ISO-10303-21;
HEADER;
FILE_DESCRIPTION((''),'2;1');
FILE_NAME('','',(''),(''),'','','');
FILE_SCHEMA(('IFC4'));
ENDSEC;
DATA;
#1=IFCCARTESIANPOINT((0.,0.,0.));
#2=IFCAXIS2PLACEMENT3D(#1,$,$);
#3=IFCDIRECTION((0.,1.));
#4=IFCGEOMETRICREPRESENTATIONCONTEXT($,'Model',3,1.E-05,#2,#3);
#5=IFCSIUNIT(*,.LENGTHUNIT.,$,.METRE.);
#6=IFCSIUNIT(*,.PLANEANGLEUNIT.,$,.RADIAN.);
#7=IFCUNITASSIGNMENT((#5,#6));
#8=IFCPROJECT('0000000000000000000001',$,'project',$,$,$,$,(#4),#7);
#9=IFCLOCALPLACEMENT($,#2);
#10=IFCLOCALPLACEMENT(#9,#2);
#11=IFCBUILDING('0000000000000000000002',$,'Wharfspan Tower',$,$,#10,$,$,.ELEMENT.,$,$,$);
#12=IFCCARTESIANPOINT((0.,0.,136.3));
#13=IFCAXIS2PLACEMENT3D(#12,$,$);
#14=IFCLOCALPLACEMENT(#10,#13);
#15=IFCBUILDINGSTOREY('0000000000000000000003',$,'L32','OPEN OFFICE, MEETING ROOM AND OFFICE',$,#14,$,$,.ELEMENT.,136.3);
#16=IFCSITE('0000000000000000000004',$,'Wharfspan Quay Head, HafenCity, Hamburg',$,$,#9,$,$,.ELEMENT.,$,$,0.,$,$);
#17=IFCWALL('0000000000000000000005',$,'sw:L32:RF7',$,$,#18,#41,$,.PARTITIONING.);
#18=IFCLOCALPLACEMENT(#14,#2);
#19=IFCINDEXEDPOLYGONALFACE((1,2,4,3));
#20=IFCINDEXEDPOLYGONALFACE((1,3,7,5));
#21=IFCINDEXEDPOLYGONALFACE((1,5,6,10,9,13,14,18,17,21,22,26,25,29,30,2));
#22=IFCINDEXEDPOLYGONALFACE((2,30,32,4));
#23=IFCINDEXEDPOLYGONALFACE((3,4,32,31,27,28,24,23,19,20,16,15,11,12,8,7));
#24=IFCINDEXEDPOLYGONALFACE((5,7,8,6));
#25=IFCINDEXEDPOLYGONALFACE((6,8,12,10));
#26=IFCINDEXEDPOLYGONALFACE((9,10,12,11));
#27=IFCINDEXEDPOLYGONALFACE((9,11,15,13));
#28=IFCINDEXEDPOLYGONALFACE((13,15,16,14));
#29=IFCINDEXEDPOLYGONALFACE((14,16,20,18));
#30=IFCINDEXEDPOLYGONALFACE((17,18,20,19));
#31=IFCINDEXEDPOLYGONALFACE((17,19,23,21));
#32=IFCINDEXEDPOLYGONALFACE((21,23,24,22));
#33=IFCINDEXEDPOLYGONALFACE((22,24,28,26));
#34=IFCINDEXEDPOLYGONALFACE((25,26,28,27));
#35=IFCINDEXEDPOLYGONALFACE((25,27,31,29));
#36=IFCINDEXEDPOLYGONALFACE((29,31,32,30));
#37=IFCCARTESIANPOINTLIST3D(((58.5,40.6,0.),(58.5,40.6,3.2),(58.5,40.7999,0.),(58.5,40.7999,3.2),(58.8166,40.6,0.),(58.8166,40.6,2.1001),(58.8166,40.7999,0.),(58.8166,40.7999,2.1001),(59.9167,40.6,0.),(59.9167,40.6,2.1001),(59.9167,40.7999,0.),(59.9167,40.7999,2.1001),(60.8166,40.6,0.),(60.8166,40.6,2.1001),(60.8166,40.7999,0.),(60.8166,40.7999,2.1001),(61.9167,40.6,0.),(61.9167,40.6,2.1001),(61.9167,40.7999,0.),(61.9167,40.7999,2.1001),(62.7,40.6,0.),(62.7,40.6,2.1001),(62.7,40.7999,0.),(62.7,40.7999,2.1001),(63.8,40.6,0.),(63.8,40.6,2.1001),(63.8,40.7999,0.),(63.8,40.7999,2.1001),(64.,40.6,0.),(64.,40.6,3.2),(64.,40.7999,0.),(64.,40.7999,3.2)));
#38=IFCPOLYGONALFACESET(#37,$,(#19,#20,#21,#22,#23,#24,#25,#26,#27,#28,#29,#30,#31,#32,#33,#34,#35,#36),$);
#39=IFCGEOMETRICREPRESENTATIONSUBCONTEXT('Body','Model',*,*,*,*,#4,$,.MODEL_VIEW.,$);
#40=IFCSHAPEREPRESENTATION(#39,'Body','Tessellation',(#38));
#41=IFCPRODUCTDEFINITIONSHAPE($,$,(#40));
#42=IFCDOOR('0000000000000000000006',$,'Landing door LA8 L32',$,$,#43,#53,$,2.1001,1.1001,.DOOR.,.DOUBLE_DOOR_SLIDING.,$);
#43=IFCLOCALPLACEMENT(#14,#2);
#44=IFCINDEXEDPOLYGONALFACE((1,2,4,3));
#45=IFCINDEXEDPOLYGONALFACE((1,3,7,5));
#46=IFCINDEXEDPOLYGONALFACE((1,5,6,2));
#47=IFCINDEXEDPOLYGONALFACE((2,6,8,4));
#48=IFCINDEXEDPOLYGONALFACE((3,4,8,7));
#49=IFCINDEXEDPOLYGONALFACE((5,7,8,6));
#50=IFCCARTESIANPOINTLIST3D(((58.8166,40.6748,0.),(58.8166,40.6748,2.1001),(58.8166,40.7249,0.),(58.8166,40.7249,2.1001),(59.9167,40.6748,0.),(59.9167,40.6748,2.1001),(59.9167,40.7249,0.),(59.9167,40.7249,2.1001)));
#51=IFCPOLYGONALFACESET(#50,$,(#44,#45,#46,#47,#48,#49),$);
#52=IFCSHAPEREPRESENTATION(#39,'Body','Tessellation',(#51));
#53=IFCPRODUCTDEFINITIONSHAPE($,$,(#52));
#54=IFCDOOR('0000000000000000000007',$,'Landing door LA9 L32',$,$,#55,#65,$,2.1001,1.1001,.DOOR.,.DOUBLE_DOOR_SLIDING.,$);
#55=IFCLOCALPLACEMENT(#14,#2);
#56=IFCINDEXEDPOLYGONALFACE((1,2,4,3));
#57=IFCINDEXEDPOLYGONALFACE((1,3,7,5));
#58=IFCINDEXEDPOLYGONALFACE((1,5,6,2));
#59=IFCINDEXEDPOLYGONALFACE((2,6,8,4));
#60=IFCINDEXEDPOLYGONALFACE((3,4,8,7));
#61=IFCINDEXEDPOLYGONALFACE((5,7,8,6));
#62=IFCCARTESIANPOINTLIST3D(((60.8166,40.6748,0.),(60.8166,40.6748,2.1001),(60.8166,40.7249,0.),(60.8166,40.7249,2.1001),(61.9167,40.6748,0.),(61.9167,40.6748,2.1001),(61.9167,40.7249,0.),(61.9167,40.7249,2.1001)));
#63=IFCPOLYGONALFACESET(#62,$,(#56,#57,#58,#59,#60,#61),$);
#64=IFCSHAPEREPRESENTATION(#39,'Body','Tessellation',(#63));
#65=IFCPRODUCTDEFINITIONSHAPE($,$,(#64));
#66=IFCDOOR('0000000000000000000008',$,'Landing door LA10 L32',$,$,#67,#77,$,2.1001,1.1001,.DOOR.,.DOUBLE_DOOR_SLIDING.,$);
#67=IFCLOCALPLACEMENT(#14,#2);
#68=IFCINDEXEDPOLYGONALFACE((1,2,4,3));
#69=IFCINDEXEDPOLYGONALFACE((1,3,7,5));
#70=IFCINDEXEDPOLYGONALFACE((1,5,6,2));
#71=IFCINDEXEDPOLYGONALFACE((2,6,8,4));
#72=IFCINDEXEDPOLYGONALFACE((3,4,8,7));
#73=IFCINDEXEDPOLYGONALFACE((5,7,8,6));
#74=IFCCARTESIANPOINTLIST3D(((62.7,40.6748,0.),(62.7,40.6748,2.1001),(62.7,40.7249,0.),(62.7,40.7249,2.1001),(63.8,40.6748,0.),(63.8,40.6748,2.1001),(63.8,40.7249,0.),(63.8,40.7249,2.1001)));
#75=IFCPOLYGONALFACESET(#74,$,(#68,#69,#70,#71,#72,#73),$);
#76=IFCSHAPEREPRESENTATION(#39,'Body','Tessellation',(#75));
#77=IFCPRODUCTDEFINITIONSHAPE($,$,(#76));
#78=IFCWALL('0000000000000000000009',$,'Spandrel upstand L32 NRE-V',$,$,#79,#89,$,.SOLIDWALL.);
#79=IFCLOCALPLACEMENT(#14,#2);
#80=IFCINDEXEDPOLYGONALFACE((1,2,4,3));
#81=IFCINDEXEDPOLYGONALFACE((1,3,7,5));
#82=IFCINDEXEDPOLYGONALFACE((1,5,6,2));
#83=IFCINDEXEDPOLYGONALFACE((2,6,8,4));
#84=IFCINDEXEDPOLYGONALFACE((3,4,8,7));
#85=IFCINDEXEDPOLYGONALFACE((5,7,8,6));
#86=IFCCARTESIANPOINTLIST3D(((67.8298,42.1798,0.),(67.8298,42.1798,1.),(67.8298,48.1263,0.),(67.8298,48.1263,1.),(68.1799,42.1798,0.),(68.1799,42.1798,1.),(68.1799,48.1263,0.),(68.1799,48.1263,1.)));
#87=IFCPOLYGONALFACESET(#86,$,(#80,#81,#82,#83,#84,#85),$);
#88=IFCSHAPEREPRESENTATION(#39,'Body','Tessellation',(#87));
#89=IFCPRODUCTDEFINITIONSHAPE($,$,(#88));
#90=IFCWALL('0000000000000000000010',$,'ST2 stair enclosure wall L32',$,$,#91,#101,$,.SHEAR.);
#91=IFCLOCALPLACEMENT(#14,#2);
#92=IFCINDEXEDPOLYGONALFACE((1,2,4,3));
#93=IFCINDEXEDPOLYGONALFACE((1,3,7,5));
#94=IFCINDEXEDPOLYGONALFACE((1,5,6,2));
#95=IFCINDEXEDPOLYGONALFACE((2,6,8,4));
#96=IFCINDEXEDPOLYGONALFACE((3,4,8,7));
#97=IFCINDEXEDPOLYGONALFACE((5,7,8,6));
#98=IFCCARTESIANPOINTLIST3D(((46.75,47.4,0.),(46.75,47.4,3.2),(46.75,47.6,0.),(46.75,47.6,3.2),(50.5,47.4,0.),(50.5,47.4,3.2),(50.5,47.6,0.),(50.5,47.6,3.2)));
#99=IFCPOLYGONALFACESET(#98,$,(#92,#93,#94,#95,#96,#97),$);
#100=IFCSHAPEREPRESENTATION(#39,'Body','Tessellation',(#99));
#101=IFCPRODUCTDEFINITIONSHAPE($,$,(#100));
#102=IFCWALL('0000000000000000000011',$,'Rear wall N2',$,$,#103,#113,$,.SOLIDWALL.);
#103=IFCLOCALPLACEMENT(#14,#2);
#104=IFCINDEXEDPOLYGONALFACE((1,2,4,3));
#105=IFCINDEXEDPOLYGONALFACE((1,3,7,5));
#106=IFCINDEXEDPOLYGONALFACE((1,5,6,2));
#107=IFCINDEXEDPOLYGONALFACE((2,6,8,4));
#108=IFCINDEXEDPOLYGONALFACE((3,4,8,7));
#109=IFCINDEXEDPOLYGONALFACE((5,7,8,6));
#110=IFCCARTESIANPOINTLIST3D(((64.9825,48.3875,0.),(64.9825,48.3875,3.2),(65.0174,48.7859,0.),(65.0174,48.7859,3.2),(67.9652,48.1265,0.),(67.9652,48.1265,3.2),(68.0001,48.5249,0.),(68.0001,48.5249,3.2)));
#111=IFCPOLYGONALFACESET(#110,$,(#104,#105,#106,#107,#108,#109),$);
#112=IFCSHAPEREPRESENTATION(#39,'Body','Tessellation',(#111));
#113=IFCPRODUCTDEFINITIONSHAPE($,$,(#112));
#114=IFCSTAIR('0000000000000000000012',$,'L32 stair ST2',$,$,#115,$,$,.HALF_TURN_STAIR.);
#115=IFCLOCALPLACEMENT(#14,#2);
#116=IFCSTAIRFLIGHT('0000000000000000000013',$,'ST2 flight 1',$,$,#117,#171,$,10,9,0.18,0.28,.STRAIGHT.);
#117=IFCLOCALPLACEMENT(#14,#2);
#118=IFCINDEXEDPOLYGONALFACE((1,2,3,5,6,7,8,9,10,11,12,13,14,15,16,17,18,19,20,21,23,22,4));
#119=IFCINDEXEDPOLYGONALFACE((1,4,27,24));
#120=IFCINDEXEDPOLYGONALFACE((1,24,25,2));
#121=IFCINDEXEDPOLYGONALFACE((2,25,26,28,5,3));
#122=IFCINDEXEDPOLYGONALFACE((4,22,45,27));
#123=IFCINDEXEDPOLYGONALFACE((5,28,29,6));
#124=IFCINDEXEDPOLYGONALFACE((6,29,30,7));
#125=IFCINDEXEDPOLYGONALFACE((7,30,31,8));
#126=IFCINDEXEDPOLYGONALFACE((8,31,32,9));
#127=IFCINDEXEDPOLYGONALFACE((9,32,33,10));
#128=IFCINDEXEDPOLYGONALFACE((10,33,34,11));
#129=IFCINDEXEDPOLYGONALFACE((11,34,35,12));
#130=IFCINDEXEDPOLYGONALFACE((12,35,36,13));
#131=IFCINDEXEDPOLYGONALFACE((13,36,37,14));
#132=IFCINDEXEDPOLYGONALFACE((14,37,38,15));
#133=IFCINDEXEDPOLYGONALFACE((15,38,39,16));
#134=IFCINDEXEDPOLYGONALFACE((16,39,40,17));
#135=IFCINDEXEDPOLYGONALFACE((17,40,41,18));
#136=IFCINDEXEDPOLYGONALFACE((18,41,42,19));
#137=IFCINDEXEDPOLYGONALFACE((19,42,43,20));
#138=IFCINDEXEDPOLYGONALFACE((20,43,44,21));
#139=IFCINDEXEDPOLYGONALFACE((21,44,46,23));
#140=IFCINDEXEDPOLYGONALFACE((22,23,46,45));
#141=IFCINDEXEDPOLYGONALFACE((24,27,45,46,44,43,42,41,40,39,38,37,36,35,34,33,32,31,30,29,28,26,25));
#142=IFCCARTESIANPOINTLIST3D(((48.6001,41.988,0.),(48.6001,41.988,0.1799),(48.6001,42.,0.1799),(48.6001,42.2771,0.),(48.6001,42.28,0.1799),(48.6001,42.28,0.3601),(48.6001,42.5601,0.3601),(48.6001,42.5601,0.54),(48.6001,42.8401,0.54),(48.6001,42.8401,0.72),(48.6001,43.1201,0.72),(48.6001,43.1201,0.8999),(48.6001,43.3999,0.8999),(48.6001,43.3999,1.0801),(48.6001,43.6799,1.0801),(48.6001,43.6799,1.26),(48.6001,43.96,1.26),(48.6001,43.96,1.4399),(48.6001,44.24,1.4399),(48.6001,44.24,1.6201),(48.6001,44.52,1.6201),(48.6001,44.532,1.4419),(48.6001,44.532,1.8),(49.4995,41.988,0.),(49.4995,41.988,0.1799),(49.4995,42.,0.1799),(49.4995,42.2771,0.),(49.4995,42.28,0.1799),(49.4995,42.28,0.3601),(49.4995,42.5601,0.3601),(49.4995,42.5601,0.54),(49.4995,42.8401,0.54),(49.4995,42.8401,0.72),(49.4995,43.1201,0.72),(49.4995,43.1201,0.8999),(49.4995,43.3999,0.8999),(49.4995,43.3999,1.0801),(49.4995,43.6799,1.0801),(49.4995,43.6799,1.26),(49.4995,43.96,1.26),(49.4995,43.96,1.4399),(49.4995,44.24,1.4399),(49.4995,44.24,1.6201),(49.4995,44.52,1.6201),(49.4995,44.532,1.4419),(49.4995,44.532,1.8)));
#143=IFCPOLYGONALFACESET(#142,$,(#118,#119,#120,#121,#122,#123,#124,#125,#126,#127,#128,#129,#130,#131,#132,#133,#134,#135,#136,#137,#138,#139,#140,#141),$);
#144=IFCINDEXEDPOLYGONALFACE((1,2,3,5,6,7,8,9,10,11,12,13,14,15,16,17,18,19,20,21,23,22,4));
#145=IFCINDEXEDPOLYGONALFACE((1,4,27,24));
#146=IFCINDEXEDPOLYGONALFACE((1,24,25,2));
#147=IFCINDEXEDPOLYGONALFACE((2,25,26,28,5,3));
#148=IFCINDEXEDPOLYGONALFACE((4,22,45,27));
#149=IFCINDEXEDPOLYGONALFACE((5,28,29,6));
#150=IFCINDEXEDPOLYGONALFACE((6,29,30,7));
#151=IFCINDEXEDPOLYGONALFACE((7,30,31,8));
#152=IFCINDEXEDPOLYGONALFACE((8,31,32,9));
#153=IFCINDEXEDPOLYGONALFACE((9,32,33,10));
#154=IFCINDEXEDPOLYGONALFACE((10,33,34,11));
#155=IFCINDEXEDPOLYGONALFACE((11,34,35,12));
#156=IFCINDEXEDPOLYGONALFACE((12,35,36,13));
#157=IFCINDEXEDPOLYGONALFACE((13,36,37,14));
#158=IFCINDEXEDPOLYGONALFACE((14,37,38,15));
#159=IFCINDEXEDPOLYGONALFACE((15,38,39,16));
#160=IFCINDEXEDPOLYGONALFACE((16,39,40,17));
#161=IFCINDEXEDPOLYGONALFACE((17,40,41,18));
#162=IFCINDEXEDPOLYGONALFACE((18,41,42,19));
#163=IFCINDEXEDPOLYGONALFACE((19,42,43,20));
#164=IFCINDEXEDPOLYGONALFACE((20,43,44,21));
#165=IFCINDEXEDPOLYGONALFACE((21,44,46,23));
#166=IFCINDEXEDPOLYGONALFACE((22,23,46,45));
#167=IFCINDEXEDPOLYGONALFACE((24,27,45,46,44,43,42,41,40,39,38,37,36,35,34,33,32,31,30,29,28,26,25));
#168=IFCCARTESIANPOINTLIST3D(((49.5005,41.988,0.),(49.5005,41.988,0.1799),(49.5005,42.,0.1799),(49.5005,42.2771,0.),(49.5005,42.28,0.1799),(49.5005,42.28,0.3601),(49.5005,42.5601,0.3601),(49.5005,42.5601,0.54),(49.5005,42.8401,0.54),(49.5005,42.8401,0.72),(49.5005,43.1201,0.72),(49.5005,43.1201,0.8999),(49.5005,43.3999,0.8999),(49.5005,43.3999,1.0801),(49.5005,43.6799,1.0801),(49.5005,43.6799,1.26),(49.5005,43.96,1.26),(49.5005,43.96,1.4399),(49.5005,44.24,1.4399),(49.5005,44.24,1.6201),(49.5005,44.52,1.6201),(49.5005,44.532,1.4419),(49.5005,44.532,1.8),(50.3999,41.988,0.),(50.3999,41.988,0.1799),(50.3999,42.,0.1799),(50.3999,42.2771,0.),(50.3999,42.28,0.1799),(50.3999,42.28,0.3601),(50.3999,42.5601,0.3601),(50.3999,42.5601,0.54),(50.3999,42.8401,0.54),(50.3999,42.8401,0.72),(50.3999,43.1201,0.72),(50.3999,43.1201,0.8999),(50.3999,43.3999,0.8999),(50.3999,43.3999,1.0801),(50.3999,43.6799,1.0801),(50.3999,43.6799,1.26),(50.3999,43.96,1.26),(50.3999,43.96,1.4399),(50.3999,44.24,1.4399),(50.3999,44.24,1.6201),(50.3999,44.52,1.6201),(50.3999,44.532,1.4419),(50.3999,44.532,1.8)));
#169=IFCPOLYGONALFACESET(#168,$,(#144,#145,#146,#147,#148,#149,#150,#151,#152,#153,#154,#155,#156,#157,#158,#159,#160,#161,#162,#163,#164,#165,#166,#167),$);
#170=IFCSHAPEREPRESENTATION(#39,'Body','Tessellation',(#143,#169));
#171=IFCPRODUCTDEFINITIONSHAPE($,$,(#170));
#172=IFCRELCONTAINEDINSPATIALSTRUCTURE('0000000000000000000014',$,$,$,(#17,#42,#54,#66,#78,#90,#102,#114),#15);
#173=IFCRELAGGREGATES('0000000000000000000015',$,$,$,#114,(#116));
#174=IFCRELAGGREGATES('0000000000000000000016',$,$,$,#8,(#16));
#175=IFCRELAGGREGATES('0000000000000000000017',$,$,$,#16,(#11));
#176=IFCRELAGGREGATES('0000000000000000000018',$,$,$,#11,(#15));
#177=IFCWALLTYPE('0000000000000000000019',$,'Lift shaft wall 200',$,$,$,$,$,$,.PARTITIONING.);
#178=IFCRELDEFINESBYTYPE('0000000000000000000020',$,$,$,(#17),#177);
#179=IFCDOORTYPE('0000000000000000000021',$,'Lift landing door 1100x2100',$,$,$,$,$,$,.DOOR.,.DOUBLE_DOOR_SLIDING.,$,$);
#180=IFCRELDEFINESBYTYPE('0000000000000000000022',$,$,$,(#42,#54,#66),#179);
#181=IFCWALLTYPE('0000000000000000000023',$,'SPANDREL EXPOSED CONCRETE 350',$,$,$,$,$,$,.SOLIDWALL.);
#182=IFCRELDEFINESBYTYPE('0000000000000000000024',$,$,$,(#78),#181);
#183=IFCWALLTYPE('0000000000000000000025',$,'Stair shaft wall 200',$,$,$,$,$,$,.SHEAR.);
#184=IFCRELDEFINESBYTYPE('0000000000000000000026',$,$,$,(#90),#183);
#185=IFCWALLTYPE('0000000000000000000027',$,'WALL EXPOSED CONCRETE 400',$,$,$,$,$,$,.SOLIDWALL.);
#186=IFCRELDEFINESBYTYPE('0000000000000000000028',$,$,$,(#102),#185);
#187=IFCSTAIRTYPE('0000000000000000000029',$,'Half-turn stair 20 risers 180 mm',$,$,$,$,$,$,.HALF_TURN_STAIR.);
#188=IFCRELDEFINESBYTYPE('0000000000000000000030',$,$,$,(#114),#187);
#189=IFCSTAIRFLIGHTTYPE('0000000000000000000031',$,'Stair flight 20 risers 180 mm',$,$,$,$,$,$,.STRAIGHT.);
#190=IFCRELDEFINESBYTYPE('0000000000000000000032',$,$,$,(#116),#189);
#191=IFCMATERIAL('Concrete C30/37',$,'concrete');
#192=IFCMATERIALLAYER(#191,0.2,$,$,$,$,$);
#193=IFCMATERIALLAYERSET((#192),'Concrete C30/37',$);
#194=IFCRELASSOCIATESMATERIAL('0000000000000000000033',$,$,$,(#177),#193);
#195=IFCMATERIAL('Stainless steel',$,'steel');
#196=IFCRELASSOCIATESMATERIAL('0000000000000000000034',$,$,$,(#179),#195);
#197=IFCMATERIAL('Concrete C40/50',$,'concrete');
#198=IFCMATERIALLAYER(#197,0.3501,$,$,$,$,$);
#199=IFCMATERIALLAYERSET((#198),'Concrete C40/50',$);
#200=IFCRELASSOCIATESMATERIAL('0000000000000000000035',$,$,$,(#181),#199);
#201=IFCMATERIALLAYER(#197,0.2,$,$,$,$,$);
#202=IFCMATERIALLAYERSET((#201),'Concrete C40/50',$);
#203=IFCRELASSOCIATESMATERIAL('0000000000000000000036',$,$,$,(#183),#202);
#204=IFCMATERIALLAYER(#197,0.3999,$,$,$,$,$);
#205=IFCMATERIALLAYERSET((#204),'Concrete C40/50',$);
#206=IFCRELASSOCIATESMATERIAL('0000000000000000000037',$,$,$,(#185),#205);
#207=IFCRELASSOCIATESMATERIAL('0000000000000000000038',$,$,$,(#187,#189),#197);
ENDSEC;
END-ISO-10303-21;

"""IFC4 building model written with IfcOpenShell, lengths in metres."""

from ifc_helpers import new_model, si_unit, direction, frame, frame_2d, origin, place, context, subcontext, project, spatial, polyline, rectangle, outline, extrude, material, layer, layer_set, type_object, element, fill, aggregate, save


model = new_model("IFC4")

# Units and contexts
model_context = context("Model", 3, precision=1e-05, world=origin(), true_north=direction((0.0, 1.0)))
body_context = subcontext(model_context, "Body", "Model", "MODEL_VIEW")
ifc_project = project(units=[si_unit("LENGTHUNIT", "METRE"), si_unit("PLANEANGLEUNIT", "RADIAN")], contexts=[model_context])

# Site, building, storey
site_placement = place(None, origin())
site = spatial("IfcSite", under=ifc_project, at=site_placement, Name="Wharfspan Quay Head, HafenCity, Hamburg", CompositionType="ELEMENT", RefElevation=0.0)
building_placement = place(site_placement, origin())
building = spatial("IfcBuilding", under=site, at=building_placement, Name="Wharfspan Tower", CompositionType="ELEMENT")
storey_placement = place(building_placement, frame((0.0, 0.0, 136.3)))
storey = spatial("IfcBuildingStorey", under=building, at=storey_placement, Name="L32", Description="OPEN OFFICE, MEETING ROOM AND OFFICE", CompositionType="ELEMENT", Elevation=136.3)

# Shared definitions
ifc_material_1 = material(Name="Concrete C30/37", Category="concrete")
ifc_layer_1 = layer(ifc_material_1, 0.2)
ifc_layer_set_1 = layer_set([ifc_layer_1], Name="Concrete C30/37")
wall_type_1 = type_object("IfcWallType", Name="Lift shaft wall 200", PredefinedType="PARTITIONING", material=ifc_layer_set_1)

# Wall, openings, doors
wall_1_placement = place(storey_placement, frame((58.5, 40.7, 0.0), z_axis=(0.0, 0.0, 1.0), x_axis=(1.0, 0.0, 0.0)))
wall_1 = element("IfcWall", 1, at=wall_1_placement, inside=storey, type_object=wall_type_1, Name="sw:L32:RF7", PredefinedType="PARTITIONING", context=body_context, shape_type="SweptSolid", body=[
    extrude(rectangle(XDim=5.5, YDim=0.2, at=frame_2d((2.75, 0.0))), origin(), (0.0, 0.0, 1.0), 3.2),
])
opening_1_placement = place(wall_1_placement, frame((0.3166, 0.0, 0.0)))
opening_1 = element("IfcOpeningElement", 2, at=opening_1_placement, cuts=wall_1, PredefinedType="OPENING", context=body_context, shape_type="SweptSolid", body=[
    extrude(rectangle(XDim=1.1001, YDim=2.1001, at=frame_2d((0.55, 1.05))), frame((0.0, 0.1099, 0.0), z_axis=(0.0, -1.0, 0.0), x_axis=(1.0, 0.0, 0.0)), (0.0, 0.0, 1.0), 0.22),
])
opening_2_placement = place(wall_1_placement, frame((2.3167, 0.0, 0.0)))
opening_2 = element("IfcOpeningElement", 3, at=opening_2_placement, cuts=wall_1, PredefinedType="OPENING", context=body_context, shape_type="SweptSolid", body=[
    extrude(rectangle(XDim=1.1001, YDim=2.1001, at=frame_2d((0.55, 1.05))), frame((0.0, 0.1099, 0.0), z_axis=(0.0, -1.0, 0.0), x_axis=(1.0, 0.0, 0.0)), (0.0, 0.0, 1.0), 0.22),
])
opening_3_placement = place(wall_1_placement, frame((4.2, 0.0, 0.0)))
opening_3 = element("IfcOpeningElement", 4, at=opening_3_placement, cuts=wall_1, PredefinedType="OPENING", context=body_context, shape_type="SweptSolid", body=[
    extrude(rectangle(XDim=1.1001, YDim=2.1001, at=frame_2d((0.55, 1.05))), frame((0.0, 0.1099, 0.0), z_axis=(0.0, -1.0, 0.0), x_axis=(1.0, 0.0, 0.0)), (0.0, 0.0, 1.0), 0.22),
])
ifc_material_2 = material(Name="Stainless steel", Category="steel")
door_type_1 = type_object("IfcDoorType", Name="Lift landing door 1100x2100", OperationType="DOUBLE_DOOR_SLIDING", PredefinedType="DOOR", material=ifc_material_2)
door_1_placement = place(opening_1_placement, origin())
door_1 = element("IfcDoor", 5, at=door_1_placement, inside=storey, type_object=door_type_1, Name="Landing door LA8 L32", OperationType="DOUBLE_DOOR_SLIDING", OverallHeight=2.1001, OverallWidth=1.1001, PredefinedType="DOOR", context=body_context, shape_type="SweptSolid", body=[
    extrude(rectangle(XDim=1.1001, YDim=2.1001, at=frame_2d((0.55, 1.05))), frame((0.0, 0.0249, 0.0), z_axis=(0.0, -1.0, 0.0), x_axis=(1.0, 0.0, 0.0)), (0.0, 0.0, 1.0), 0.05),
])
fill(opening_1, door_1)
door_2_placement = place(opening_2_placement, origin())
door_2 = element("IfcDoor", 6, at=door_2_placement, inside=storey, type_object=door_type_1, Name="Landing door LA9 L32", OperationType="DOUBLE_DOOR_SLIDING", OverallHeight=2.1001, OverallWidth=1.1001, PredefinedType="DOOR", context=body_context, shape_type="SweptSolid", body=[
    extrude(rectangle(XDim=1.1001, YDim=2.1001, at=frame_2d((0.55, 1.05))), frame((0.0, 0.0249, 0.0), z_axis=(0.0, -1.0, 0.0), x_axis=(1.0, 0.0, 0.0)), (0.0, 0.0, 1.0), 0.05),
])
fill(opening_2, door_2)
door_3_placement = place(opening_3_placement, origin())
door_3 = element("IfcDoor", 7, at=door_3_placement, inside=storey, type_object=door_type_1, Name="Landing door LA10 L32", OperationType="DOUBLE_DOOR_SLIDING", OverallHeight=2.1001, OverallWidth=1.1001, PredefinedType="DOOR", context=body_context, shape_type="SweptSolid", body=[
    extrude(rectangle(XDim=1.1001, YDim=2.1001, at=frame_2d((0.55, 1.05))), frame((0.0, 0.0249, 0.0), z_axis=(0.0, -1.0, 0.0), x_axis=(1.0, 0.0, 0.0)), (0.0, 0.0, 1.0), 0.05),
])
fill(opening_3, door_3)

# Walls
ifc_material_3 = material(Name="Concrete C40/50", Category="concrete")
ifc_layer_2 = layer(ifc_material_3, 0.3501)
ifc_layer_set_2 = layer_set([ifc_layer_2], Name="Concrete C40/50")
wall_type_2 = type_object("IfcWallType", Name="SPANDREL EXPOSED CONCRETE 350", PredefinedType="SOLIDWALL", material=ifc_layer_set_2)
wall_2_placement = place(storey_placement, frame((68.0049, 42.1799, 0.0), z_axis=(0.0, 0.0, 1.0), x_axis=(0.0, 1.0, 0.0)))
element("IfcWall", 8, at=wall_2_placement, inside=storey, type_object=wall_type_2, Name="Spandrel upstand L32 NRE-V", PredefinedType="SOLIDWALL", context=body_context, shape_type="SweptSolid", body=[
    extrude(rectangle(XDim=5.9465, YDim=0.3501, at=frame_2d((2.9731, 0.0))), origin(), (0.0, 0.0, 1.0), 1.0),
])
ifc_layer_3 = layer(ifc_material_3, 0.2)
ifc_layer_set_3 = layer_set([ifc_layer_3], Name="Concrete C40/50")
wall_type_3 = type_object("IfcWallType", Name="Stair shaft wall 200", PredefinedType="SHEAR", material=ifc_layer_set_3)
wall_3_placement = place(storey_placement, frame((46.75, 47.5, 0.0), z_axis=(0.0, 0.0, 1.0), x_axis=(1.0, 0.0, 0.0)))
element("IfcWall", 9, at=wall_3_placement, inside=storey, type_object=wall_type_3, Name="ST2 stair enclosure wall L32", PredefinedType="SHEAR", context=body_context, shape_type="SweptSolid", body=[
    extrude(rectangle(XDim=3.75, YDim=0.2, at=frame_2d((1.875, 0.0))), origin(), (0.0, 0.0, 1.0), 3.2),
])
ifc_layer_4 = layer(ifc_material_3, 0.3999)
ifc_layer_set_4 = layer_set([ifc_layer_4], Name="Concrete C40/50")
wall_type_4 = type_object("IfcWallType", Name="WALL EXPOSED CONCRETE 400", PredefinedType="SOLIDWALL", material=ifc_layer_set_4)
wall_4_placement = place(storey_placement, frame((67.9827, 48.3257, 0.0), z_axis=(0.0, 0.0, 1.0), x_axis=(-0.996194, 0.087168, 0.0)))
element("IfcWall", 10, at=wall_4_placement, inside=storey, type_object=wall_type_4, Name="Rear wall N2", PredefinedType="SOLIDWALL", context=body_context, shape_type="SweptSolid", body=[
    extrude(rectangle(XDim=2.9941, YDim=0.3999, at=frame_2d((1.4971, 0.0))), origin(), (0.0, 0.0, 1.0), 3.2),
])

# Stair, stair flight
stair_type = type_object("IfcStairType", Name="Half-turn stair 20 risers 180 mm", PredefinedType="HALF_TURN_STAIR", material=ifc_material_3)
stair_placement = place(storey_placement, origin())
stair = element("IfcStair", 11, at=stair_placement, inside=storey, type_object=stair_type, Name="L32 stair ST2", PredefinedType="HALF_TURN_STAIR")
stair_flight_type = type_object("IfcStairFlightType", Name="Stair flight 20 risers 180 mm", PredefinedType="STRAIGHT", material=ifc_material_3)
stair_flight_1_placement = place(storey_placement, frame((49.5, 42.0, 0.0), z_axis=(0.0, 0.0, 1.0), x_axis=(0.0, 1.0, 0.0)))
stair_flight_1 = element("IfcStairFlight", 12, at=stair_flight_1_placement, type_object=stair_flight_type, Name="ST2 flight 1", NumberOfRisers=10, NumberOfTreads=9, PredefinedType="STRAIGHT", RiserHeight=0.18, TreadLength=0.28, context=body_context, shape_type="SweptSolid", body=[
    extrude(outline(polyline([(-0.012, 0.0), (-0.012, 0.1799), (0.0, 0.1799), (0.28, 0.1799), (0.28, 0.3601), (0.5601, 0.3601), (0.5601, 0.54), (0.8401, 0.54), (0.8401, 0.72), (1.1201, 0.72), (1.1201, 0.8999), (1.3999, 0.8999), (1.3999, 1.0801), (1.6799, 1.0801), (1.6799, 1.26), (1.96, 1.26), (1.96, 1.4399), (2.24, 1.4399), (2.24, 1.6201), (2.52, 1.6201), (2.532, 1.8), (2.532, 1.4419), (0.2771, 0.0), (-0.012, 0.0)])), frame((0.0, 0.8999, 0.0), z_axis=(0.0, -1.0, 0.0), x_axis=(1.0, 0.0, 0.0)), (0.0, 0.0, 1.0), 0.8994),
    extrude(outline(polyline([(-0.012, 0.0), (-0.012, 0.1799), (0.0, 0.1799), (0.28, 0.1799), (0.28, 0.3601), (0.5601, 0.3601), (0.5601, 0.54), (0.8401, 0.54), (0.8401, 0.72), (1.1201, 0.72), (1.1201, 0.8999), (1.3999, 0.8999), (1.3999, 1.0801), (1.6799, 1.0801), (1.6799, 1.26), (1.96, 1.26), (1.96, 1.4399), (2.24, 1.4399), (2.24, 1.6201), (2.52, 1.6201), (2.532, 1.8), (2.532, 1.4419), (0.2771, 0.0), (-0.012, 0.0)])), frame((0.0, -0.0005, 0.0), z_axis=(0.0, -1.0, 0.0), x_axis=(1.0, 0.0, 0.0)), (0.0, 0.0, 1.0), 0.8994),
])
aggregate(stair, [stair_flight_1])

save(model, "model.ifc")
